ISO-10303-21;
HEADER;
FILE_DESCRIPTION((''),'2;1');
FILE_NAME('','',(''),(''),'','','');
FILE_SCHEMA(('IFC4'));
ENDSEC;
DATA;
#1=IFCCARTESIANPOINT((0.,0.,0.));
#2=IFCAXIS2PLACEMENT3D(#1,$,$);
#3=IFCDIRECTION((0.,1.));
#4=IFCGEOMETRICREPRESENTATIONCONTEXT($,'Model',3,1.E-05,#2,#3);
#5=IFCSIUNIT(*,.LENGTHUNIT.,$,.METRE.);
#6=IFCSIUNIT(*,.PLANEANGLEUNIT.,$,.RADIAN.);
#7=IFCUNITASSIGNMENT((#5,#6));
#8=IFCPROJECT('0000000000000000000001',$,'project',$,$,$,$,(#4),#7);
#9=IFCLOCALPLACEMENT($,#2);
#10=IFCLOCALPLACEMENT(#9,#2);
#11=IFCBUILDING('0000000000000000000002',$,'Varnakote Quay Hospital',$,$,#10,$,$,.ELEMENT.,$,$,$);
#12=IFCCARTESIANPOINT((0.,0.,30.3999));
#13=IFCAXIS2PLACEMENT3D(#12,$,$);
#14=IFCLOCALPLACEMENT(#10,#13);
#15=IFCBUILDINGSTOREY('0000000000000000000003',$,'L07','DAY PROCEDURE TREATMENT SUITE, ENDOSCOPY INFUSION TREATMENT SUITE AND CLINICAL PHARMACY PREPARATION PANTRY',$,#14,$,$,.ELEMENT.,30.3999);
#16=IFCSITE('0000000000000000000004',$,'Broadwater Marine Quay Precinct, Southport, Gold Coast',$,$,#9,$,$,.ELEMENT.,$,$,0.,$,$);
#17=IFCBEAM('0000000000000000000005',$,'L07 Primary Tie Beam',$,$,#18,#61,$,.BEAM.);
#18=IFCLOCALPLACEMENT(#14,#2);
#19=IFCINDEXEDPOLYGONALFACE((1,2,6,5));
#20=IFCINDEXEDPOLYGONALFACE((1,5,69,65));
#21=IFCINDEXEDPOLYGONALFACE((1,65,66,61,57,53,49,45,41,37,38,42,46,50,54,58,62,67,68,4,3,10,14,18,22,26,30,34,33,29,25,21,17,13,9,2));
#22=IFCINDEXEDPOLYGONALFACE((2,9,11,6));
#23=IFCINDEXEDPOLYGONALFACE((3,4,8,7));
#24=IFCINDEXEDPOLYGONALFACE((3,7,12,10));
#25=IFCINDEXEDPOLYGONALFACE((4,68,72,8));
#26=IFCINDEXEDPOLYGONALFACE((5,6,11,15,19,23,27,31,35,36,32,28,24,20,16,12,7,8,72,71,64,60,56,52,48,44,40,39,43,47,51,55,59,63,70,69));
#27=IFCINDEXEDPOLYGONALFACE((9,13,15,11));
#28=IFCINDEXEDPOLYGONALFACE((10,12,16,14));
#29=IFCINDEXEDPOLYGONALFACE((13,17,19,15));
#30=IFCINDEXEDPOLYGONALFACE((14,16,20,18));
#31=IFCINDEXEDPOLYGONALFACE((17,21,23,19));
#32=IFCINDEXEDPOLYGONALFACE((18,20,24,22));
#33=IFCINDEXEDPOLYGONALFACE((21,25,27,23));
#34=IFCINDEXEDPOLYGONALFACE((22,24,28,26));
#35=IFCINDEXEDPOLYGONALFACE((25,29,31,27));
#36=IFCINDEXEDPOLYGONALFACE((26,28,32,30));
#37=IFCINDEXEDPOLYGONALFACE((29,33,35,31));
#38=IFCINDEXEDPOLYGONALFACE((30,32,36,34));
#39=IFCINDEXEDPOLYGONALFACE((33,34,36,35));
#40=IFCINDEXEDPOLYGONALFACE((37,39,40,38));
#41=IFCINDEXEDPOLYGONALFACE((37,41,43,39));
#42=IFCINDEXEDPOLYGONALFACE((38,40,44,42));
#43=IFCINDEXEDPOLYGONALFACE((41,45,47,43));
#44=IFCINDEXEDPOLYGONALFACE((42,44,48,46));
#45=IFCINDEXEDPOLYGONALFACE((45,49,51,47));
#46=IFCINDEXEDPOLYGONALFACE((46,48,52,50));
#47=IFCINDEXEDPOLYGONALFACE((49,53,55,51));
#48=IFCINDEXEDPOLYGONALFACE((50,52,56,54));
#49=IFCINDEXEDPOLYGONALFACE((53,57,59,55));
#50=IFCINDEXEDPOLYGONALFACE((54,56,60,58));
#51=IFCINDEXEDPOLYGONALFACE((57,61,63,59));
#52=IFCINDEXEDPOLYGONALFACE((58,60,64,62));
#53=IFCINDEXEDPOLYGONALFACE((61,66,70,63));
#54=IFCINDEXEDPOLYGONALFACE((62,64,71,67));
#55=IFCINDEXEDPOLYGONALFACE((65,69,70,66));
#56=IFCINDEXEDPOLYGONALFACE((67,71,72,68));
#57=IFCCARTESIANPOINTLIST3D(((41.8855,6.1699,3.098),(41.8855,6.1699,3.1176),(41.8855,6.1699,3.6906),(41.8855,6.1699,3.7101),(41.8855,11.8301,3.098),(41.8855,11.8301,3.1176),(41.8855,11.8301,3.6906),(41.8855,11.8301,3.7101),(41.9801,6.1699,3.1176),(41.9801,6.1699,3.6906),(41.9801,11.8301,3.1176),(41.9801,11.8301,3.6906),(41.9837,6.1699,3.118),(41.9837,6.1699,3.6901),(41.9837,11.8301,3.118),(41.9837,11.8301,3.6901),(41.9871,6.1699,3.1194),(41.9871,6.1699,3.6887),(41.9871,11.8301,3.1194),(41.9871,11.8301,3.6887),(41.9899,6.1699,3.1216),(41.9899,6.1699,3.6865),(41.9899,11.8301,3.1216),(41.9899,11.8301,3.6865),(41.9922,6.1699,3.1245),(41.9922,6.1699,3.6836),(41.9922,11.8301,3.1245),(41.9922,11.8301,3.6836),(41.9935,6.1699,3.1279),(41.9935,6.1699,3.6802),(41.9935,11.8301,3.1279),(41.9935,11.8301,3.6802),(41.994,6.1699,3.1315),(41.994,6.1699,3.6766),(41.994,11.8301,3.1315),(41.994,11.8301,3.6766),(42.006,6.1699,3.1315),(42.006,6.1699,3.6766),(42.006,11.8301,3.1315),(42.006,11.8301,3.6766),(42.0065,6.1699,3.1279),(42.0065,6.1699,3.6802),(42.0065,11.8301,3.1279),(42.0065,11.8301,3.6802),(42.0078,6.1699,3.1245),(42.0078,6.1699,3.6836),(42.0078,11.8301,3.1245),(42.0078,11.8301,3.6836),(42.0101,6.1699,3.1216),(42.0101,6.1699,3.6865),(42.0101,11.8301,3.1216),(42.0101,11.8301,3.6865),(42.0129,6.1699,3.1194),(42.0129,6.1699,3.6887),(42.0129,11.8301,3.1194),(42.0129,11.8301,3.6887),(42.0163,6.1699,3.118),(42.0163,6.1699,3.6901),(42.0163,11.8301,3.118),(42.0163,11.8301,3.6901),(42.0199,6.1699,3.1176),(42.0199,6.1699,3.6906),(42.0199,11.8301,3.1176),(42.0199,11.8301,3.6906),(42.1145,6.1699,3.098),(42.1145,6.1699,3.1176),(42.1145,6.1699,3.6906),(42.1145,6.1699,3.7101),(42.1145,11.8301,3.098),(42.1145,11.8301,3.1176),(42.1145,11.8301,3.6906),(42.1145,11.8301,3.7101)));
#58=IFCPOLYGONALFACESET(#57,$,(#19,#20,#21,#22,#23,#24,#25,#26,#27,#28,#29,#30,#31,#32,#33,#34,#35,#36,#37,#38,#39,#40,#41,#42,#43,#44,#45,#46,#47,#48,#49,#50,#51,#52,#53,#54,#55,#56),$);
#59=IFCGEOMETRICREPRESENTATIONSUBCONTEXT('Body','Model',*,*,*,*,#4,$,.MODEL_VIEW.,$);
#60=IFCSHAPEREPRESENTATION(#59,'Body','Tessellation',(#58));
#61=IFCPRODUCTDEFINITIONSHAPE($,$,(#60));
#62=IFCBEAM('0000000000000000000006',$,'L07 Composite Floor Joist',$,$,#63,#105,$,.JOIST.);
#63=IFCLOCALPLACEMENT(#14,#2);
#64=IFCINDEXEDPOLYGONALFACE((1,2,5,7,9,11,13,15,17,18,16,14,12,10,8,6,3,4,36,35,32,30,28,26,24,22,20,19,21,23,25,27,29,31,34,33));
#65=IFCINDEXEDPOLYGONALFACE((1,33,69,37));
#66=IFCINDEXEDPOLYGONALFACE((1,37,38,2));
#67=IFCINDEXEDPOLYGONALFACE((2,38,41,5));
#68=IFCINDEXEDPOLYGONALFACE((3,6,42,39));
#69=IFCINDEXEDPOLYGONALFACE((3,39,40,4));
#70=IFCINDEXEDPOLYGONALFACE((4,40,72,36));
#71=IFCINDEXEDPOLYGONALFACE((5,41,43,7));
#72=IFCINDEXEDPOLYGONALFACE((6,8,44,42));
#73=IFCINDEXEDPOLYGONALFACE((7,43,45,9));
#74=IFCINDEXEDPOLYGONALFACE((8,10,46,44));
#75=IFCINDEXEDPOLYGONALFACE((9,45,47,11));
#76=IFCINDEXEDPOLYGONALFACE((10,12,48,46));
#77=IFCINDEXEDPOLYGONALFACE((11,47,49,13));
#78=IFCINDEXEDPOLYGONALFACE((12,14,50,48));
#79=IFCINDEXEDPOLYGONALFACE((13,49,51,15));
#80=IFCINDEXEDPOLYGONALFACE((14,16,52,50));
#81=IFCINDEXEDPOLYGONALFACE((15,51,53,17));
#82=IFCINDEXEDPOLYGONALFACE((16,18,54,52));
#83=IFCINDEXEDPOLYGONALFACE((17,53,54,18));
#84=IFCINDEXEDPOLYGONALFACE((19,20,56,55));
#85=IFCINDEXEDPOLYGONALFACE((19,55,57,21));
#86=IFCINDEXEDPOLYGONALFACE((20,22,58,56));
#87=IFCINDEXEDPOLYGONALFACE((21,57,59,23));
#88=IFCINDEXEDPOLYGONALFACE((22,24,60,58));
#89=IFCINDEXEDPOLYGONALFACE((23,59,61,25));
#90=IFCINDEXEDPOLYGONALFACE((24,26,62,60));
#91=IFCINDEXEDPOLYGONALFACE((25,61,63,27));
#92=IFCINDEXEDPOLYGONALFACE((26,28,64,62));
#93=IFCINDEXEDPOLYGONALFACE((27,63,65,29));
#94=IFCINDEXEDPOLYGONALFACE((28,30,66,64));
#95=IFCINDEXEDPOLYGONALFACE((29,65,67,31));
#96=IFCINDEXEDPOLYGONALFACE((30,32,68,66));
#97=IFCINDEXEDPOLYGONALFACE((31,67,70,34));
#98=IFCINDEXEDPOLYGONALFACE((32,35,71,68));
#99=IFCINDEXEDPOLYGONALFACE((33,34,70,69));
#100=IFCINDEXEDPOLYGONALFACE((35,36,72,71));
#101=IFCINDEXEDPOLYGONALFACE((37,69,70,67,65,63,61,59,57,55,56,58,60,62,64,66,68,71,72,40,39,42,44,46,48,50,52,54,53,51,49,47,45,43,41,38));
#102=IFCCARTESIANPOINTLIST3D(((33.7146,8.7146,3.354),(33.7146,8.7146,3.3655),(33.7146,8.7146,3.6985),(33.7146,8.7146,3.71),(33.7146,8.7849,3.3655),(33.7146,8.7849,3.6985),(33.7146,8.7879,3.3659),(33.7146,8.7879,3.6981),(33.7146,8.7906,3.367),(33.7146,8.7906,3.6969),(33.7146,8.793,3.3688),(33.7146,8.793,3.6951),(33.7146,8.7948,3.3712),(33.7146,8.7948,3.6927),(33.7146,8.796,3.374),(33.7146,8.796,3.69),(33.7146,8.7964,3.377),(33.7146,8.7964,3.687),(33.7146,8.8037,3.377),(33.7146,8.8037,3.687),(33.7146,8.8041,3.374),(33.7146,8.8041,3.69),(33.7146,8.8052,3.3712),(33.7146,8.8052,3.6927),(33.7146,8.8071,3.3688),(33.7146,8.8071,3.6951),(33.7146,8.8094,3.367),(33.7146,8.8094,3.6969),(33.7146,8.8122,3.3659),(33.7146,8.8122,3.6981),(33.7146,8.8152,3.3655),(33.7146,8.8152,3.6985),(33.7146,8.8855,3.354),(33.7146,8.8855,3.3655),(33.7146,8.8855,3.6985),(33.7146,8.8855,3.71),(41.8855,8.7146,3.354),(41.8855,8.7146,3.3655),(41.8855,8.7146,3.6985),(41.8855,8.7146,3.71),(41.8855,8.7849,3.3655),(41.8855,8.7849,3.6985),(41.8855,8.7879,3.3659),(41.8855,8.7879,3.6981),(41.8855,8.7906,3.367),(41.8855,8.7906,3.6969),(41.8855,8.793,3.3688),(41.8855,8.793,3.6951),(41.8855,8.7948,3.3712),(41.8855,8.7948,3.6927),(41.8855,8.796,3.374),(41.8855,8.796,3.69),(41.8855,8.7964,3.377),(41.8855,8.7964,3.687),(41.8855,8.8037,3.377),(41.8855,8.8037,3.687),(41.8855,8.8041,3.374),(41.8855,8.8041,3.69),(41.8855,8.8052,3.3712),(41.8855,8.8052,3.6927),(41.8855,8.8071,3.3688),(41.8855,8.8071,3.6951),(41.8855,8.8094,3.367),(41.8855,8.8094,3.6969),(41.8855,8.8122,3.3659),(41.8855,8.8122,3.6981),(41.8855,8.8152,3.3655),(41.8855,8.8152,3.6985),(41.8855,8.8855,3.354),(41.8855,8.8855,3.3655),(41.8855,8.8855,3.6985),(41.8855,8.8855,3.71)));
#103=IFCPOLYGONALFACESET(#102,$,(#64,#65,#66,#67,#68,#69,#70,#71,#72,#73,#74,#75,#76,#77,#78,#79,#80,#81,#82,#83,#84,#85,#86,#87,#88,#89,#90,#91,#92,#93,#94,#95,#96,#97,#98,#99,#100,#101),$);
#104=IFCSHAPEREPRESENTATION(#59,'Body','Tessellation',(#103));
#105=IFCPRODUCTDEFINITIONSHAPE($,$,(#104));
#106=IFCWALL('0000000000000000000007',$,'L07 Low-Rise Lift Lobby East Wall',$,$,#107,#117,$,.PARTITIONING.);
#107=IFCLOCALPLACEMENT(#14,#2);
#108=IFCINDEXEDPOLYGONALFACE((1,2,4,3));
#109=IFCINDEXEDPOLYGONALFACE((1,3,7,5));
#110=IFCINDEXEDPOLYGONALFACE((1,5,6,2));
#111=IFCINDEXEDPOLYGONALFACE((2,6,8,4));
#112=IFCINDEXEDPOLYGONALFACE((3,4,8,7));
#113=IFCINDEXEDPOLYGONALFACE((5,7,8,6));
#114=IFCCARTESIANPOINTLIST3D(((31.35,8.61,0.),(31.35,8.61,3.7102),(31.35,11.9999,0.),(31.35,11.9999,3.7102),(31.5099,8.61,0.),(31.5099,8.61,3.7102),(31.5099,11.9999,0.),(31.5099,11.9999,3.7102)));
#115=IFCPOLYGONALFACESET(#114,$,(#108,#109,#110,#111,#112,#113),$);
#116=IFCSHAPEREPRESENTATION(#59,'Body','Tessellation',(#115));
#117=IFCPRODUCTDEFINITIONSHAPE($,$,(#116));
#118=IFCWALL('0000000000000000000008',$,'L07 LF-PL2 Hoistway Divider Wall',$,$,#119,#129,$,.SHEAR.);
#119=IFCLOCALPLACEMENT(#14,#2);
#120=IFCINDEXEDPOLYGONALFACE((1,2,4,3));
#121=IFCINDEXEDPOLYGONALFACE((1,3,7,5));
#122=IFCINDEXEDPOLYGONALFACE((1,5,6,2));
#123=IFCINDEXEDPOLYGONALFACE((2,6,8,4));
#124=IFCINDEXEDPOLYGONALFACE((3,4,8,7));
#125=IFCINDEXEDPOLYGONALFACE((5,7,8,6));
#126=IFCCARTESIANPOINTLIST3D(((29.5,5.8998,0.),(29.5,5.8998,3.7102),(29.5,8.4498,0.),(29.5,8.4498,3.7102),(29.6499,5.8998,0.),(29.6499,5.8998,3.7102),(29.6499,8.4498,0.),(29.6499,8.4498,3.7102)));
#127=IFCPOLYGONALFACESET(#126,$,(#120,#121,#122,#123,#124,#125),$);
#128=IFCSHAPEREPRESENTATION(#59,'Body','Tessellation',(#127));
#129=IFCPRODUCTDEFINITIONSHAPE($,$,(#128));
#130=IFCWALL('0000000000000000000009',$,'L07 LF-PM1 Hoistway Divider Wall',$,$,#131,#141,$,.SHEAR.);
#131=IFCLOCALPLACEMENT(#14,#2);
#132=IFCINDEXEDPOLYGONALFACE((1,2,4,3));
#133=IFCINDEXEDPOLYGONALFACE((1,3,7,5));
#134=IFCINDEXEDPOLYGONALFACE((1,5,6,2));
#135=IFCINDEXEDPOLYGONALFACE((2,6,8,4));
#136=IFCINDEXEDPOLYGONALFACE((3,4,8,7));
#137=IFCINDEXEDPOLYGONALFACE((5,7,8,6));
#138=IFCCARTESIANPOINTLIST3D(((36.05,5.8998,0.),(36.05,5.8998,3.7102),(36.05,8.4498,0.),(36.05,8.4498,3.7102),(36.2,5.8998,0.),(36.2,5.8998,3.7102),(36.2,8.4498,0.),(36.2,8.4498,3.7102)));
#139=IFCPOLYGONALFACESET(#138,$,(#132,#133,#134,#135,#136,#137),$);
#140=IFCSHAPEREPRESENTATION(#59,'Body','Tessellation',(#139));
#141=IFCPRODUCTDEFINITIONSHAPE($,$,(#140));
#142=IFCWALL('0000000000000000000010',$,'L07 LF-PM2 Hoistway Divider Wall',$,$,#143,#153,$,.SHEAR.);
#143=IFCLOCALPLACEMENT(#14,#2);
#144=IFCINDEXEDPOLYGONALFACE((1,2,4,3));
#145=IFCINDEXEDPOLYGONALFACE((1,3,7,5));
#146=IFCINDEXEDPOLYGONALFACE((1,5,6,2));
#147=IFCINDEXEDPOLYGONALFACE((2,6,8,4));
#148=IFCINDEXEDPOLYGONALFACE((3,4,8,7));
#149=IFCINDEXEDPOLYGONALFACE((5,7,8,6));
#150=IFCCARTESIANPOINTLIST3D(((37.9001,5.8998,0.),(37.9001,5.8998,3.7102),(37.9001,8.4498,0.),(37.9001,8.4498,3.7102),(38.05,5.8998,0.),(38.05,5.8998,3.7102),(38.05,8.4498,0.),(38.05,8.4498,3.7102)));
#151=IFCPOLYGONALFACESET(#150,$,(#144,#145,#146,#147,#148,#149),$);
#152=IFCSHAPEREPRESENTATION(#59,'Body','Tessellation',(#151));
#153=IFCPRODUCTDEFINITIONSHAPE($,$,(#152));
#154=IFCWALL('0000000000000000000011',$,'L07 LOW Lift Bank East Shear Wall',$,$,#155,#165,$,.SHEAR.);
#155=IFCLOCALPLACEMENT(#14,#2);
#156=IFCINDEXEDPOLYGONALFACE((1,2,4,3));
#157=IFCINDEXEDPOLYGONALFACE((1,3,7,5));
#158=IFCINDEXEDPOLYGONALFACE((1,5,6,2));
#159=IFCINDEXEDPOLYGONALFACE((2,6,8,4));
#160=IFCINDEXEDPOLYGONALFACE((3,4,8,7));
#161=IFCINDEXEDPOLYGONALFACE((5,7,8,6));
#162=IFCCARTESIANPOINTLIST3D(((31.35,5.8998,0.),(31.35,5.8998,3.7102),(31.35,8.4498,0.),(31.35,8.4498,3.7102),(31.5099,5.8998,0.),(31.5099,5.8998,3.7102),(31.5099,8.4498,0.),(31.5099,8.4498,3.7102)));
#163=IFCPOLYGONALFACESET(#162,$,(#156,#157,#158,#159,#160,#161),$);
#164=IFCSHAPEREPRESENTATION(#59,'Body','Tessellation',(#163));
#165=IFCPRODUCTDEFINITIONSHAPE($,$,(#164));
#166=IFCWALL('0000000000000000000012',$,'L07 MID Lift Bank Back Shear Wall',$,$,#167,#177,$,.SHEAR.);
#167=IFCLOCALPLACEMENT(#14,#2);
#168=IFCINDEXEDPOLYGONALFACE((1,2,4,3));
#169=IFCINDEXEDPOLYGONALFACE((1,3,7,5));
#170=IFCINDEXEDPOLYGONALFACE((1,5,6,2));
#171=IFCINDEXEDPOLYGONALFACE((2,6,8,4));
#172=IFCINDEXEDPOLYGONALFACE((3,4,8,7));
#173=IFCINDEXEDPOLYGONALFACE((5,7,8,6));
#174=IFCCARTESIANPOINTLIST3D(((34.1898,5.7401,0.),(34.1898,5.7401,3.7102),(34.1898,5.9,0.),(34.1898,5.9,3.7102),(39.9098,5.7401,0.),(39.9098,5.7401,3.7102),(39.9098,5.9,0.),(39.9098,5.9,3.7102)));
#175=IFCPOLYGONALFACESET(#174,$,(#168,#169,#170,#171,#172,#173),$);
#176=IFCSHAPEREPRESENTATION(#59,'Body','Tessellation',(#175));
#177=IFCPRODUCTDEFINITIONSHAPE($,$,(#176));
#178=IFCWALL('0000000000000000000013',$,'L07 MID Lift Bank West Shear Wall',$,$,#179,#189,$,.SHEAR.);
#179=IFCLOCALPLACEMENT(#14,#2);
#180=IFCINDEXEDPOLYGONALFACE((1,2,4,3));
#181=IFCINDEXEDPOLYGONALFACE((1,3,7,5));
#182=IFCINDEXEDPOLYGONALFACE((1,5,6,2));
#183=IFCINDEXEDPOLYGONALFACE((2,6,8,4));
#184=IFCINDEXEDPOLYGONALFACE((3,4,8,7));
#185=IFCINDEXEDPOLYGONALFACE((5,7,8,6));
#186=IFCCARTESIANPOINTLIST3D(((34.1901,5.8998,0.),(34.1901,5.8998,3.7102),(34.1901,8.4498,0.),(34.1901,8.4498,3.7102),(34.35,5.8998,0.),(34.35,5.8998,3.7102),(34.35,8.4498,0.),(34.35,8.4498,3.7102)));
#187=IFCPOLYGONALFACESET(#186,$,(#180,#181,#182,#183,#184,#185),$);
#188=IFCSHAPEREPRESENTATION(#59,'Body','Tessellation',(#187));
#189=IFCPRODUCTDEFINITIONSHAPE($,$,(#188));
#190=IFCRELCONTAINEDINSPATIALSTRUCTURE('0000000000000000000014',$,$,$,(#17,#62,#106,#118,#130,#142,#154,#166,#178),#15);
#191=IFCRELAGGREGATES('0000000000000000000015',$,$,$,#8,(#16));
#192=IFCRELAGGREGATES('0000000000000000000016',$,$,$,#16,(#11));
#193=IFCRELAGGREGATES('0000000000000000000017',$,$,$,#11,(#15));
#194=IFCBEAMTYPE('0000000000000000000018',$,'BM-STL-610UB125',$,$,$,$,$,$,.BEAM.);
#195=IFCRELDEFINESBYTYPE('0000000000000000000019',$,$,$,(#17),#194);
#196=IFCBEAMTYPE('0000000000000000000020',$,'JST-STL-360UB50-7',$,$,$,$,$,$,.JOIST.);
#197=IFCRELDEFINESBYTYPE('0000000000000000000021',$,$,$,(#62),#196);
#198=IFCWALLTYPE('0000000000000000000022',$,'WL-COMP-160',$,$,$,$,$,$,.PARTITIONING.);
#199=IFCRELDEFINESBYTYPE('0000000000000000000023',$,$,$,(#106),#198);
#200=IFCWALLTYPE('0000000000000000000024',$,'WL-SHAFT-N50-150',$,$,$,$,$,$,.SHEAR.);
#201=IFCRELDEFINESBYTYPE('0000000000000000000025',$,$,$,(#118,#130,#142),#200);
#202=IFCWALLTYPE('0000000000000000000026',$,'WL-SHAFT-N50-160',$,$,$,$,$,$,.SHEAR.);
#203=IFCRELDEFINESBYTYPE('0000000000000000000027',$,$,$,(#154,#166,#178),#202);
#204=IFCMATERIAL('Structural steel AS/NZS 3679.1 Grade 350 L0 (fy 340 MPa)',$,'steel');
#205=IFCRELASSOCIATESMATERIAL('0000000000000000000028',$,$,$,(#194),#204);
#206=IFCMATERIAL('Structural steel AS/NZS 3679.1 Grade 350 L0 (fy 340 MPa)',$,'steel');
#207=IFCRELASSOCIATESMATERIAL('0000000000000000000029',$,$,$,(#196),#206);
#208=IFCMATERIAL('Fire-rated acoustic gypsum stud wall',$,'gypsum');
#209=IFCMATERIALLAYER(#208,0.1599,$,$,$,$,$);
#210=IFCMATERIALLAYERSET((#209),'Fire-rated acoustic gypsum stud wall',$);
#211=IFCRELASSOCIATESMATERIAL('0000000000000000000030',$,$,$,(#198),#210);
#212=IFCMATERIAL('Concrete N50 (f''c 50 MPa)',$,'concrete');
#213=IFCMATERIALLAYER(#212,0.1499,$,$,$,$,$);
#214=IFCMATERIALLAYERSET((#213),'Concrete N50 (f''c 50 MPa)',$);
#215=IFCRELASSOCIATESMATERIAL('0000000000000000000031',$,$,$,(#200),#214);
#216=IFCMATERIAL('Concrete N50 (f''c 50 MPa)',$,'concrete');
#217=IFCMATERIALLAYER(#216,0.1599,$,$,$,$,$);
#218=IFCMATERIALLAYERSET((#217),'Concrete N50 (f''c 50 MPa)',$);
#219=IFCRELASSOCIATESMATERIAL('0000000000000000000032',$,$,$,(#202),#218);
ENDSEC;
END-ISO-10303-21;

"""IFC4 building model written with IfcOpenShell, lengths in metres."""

from ifc_helpers import new_model, si_unit, direction, frame, frame_2d, origin, origin_2d, place, context, subcontext, project, spatial, rectangle, i_section, extrude, material, layer, layer_set, material_profile, profile_set, type_object, element, save


model = new_model("IFC4")

# Units and contexts
model_context = context("Model", 3, precision=1e-05, world=origin(), true_north=direction((0.0, 1.0)))
body_context = subcontext(model_context, "Body", "Model", "MODEL_VIEW")
ifc_project = project(units=[si_unit("LENGTHUNIT", "METRE"), si_unit("PLANEANGLEUNIT", "RADIAN")], contexts=[model_context])

# Site, building, storey
site_placement = place(None, origin())
site = spatial("IfcSite", under=ifc_project, at=site_placement, Name="Broadwater Marine Quay Precinct, Southport, Gold Coast", CompositionType="ELEMENT", RefElevation=0.0)
building_placement = place(site_placement, origin())
building = spatial("IfcBuilding", under=site, at=building_placement, Name="Varnakote Quay Hospital", CompositionType="ELEMENT")
storey_placement = place(building_placement, frame((0.0, 0.0, 30.3999)))
storey = spatial("IfcBuildingStorey", under=building, at=storey_placement, Name="L07", Description="DAY PROCEDURE TREATMENT SUITE, ENDOSCOPY INFUSION TREATMENT SUITE AND CLINICAL PHARMACY PREPARATION PANTRY", CompositionType="ELEMENT", Elevation=30.3999)

# Beams
ifc_material_1 = material(Name="Structural steel AS/NZS 3679.1 Grade 350 L0 (fy 340 MPa)", Category="steel")
ifc_material_profile_1 = material_profile(ifc_material_1, i_section(OverallWidth=0.229, OverallDepth=0.6121, WebThickness=0.012, FlangeThickness=0.0195, FilletRadius=0.0139, at=origin_2d()), Name="610UB125")
ifc_profile_set_1 = profile_set([ifc_material_profile_1], Name="Structural steel AS/NZS 3679.1 Grade 350 L0 (fy 340 MPa)")
beam_type_1 = type_object("IfcBeamType", Name="BM-STL-610UB125", PredefinedType="BEAM", material=ifc_profile_set_1)
for number, where, z_axis, x_axis, name in (
    (1, (42.0, 6.1699, 3.4041), (0.0, 1.0, 0.0), (-1.0, 0.0, 0.0), "L07 Primary Tie Beam"),
):
    element("IfcBeam", number, at=place(storey_placement, frame(where, z_axis=z_axis, x_axis=x_axis)), inside=storey, type_object=beam_type_1, Name=name, PredefinedType="BEAM", context=body_context, shape_type="SweptSolid", body=[
        extrude(i_section(OverallWidth=0.229, OverallDepth=0.6121, WebThickness=0.012, FlangeThickness=0.0195, FilletRadius=0.0139, at=origin_2d()), origin(), (0.0, 0.0, 1.0), 5.6602),
    ])
ifc_material_2 = material(Name="Structural steel AS/NZS 3679.1 Grade 350 L0 (fy 340 MPa)", Category="steel")
ifc_material_profile_2 = material_profile(ifc_material_2, i_section(OverallWidth=0.1709, OverallDepth=0.356, WebThickness=0.0073, FlangeThickness=0.0115, FilletRadius=0.0115, at=origin_2d()), Name="360UB50.7")
ifc_profile_set_2 = profile_set([ifc_material_profile_2], Name="Structural steel AS/NZS 3679.1 Grade 350 L0 (fy 340 MPa)")
beam_type_2 = type_object("IfcBeamType", Name="JST-STL-360UB50-7", PredefinedType="JOIST", material=ifc_profile_set_2)
beam_1_placement = place(storey_placement, frame((33.7146, 8.8, 3.532), z_axis=(1.0, 0.0, 0.0), x_axis=(0.0, 1.0, 0.0)))
element("IfcBeam", 2, at=beam_1_placement, inside=storey, type_object=beam_type_2, Name="L07 Composite Floor Joist", PredefinedType="JOIST", context=body_context, shape_type="SweptSolid", body=[
    extrude(i_section(OverallWidth=0.1709, OverallDepth=0.356, WebThickness=0.0073, FlangeThickness=0.0115, FilletRadius=0.0115, at=origin_2d()), origin(), (0.0, 0.0, 1.0), 8.1709),
])

# Walls
ifc_material_3 = material(Name="Fire-rated acoustic gypsum stud wall", Category="gypsum")
ifc_layer_1 = layer(ifc_material_3, 0.1599)
ifc_layer_set_1 = layer_set([ifc_layer_1], Name="Fire-rated acoustic gypsum stud wall")
wall_type_1 = type_object("IfcWallType", Name="WL-COMP-160", PredefinedType="PARTITIONING", material=ifc_layer_set_1)
wall_1_placement = place(storey_placement, frame((31.4299, 8.6101, 0.0), z_axis=(0.0, 0.0, 1.0), x_axis=(0.0, 1.0, 0.0)))
element("IfcWall", 3, at=wall_1_placement, inside=storey, type_object=wall_type_1, Name="L07 Low-Rise Lift Lobby East Wall", PredefinedType="PARTITIONING", context=body_context, shape_type="SweptSolid", body=[
    extrude(rectangle(XDim=3.3899, YDim=0.1599, at=frame_2d((1.6948, 0.0))), origin(), (0.0, 0.0, 1.0), 3.7102),
])
ifc_material_4 = material(Name="Concrete N50 (f'c 50 MPa)", Category="concrete")
ifc_layer_2 = layer(ifc_material_4, 0.1499)
ifc_layer_set_2 = layer_set([ifc_layer_2], Name="Concrete N50 (f'c 50 MPa)")
wall_type_2 = type_object("IfcWallType", Name="WL-SHAFT-N50-150", PredefinedType="SHEAR", material=ifc_layer_set_2)
for number, where, z_axis, x_axis, name in (
    (4, (29.575, 5.8999, 0.0), (0.0, 0.0, 1.0), (0.0, 1.0, 0.0), "L07 LF-PL2 Hoistway Divider Wall"),
    (5, (36.125, 5.8999, 0.0), (0.0, 0.0, 1.0), (0.0, 1.0, 0.0), "L07 LF-PM1 Hoistway Divider Wall"),
    (6, (37.9751, 5.8999, 0.0), (0.0, 0.0, 1.0), (0.0, 1.0, 0.0), "L07 LF-PM2 Hoistway Divider Wall"),
):
    element("IfcWall", number, at=place(storey_placement, frame(where, z_axis=z_axis, x_axis=x_axis)), inside=storey, type_object=wall_type_2, Name=name, PredefinedType="SHEAR", context=body_context, shape_type="SweptSolid", body=[
        extrude(rectangle(XDim=2.55, YDim=0.1499, at=frame_2d((1.2749, 0.0))), origin(), (0.0, 0.0, 1.0), 3.7102),
    ])
ifc_material_5 = material(Name="Concrete N50 (f'c 50 MPa)", Category="concrete")
ifc_layer_3 = layer(ifc_material_5, 0.1599)
ifc_layer_set_3 = layer_set([ifc_layer_3], Name="Concrete N50 (f'c 50 MPa)")
wall_type_3 = type_object("IfcWallType", Name="WL-SHAFT-N50-160", PredefinedType="SHEAR", material=ifc_layer_set_3)
wall_2_placement = place(storey_placement, frame((31.4299, 5.8999, 0.0), z_axis=(0.0, 0.0, 1.0), x_axis=(0.0, 1.0, 0.0)))
element("IfcWall", 7, at=wall_2_placement, inside=storey, type_object=wall_type_3, Name="L07 LOW Lift Bank East Shear Wall", PredefinedType="SHEAR", context=body_context, shape_type="SweptSolid", body=[
    extrude(rectangle(XDim=2.55, YDim=0.1599, at=frame_2d((1.2749, 0.0))), origin(), (0.0, 0.0, 1.0), 3.7102),
])

# Walls
wall_3_placement = place(storey_placement, frame((34.1899, 5.8201, 0.0), z_axis=(0.0, 0.0, 1.0), x_axis=(1.0, 0.0, 0.0)))
element("IfcWall", 8, at=wall_3_placement, inside=storey, type_object=wall_type_3, Name="L07 MID Lift Bank Back Shear Wall", PredefinedType="SHEAR", context=body_context, shape_type="SweptSolid", body=[
    extrude(rectangle(XDim=5.72, YDim=0.1599, at=frame_2d((2.8599, 0.0))), origin(), (0.0, 0.0, 1.0), 3.7102),
])
for number, where, z_axis, x_axis, name in (
    (9, (34.27, 5.8999, 0.0), (0.0, 0.0, 1.0), (0.0, 1.0, 0.0), "L07 MID Lift Bank West Shear Wall"),
):
    element("IfcWall", number, at=place(storey_placement, frame(where, z_axis=z_axis, x_axis=x_axis)), inside=storey, type_object=wall_type_3, Name=name, PredefinedType="SHEAR", context=body_context, shape_type="SweptSolid", body=[
        extrude(rectangle(XDim=2.55, YDim=0.1599, at=frame_2d((1.2749, 0.0))), origin(), (0.0, 0.0, 1.0), 3.7102),
    ])

save(model, "model.ifc")
